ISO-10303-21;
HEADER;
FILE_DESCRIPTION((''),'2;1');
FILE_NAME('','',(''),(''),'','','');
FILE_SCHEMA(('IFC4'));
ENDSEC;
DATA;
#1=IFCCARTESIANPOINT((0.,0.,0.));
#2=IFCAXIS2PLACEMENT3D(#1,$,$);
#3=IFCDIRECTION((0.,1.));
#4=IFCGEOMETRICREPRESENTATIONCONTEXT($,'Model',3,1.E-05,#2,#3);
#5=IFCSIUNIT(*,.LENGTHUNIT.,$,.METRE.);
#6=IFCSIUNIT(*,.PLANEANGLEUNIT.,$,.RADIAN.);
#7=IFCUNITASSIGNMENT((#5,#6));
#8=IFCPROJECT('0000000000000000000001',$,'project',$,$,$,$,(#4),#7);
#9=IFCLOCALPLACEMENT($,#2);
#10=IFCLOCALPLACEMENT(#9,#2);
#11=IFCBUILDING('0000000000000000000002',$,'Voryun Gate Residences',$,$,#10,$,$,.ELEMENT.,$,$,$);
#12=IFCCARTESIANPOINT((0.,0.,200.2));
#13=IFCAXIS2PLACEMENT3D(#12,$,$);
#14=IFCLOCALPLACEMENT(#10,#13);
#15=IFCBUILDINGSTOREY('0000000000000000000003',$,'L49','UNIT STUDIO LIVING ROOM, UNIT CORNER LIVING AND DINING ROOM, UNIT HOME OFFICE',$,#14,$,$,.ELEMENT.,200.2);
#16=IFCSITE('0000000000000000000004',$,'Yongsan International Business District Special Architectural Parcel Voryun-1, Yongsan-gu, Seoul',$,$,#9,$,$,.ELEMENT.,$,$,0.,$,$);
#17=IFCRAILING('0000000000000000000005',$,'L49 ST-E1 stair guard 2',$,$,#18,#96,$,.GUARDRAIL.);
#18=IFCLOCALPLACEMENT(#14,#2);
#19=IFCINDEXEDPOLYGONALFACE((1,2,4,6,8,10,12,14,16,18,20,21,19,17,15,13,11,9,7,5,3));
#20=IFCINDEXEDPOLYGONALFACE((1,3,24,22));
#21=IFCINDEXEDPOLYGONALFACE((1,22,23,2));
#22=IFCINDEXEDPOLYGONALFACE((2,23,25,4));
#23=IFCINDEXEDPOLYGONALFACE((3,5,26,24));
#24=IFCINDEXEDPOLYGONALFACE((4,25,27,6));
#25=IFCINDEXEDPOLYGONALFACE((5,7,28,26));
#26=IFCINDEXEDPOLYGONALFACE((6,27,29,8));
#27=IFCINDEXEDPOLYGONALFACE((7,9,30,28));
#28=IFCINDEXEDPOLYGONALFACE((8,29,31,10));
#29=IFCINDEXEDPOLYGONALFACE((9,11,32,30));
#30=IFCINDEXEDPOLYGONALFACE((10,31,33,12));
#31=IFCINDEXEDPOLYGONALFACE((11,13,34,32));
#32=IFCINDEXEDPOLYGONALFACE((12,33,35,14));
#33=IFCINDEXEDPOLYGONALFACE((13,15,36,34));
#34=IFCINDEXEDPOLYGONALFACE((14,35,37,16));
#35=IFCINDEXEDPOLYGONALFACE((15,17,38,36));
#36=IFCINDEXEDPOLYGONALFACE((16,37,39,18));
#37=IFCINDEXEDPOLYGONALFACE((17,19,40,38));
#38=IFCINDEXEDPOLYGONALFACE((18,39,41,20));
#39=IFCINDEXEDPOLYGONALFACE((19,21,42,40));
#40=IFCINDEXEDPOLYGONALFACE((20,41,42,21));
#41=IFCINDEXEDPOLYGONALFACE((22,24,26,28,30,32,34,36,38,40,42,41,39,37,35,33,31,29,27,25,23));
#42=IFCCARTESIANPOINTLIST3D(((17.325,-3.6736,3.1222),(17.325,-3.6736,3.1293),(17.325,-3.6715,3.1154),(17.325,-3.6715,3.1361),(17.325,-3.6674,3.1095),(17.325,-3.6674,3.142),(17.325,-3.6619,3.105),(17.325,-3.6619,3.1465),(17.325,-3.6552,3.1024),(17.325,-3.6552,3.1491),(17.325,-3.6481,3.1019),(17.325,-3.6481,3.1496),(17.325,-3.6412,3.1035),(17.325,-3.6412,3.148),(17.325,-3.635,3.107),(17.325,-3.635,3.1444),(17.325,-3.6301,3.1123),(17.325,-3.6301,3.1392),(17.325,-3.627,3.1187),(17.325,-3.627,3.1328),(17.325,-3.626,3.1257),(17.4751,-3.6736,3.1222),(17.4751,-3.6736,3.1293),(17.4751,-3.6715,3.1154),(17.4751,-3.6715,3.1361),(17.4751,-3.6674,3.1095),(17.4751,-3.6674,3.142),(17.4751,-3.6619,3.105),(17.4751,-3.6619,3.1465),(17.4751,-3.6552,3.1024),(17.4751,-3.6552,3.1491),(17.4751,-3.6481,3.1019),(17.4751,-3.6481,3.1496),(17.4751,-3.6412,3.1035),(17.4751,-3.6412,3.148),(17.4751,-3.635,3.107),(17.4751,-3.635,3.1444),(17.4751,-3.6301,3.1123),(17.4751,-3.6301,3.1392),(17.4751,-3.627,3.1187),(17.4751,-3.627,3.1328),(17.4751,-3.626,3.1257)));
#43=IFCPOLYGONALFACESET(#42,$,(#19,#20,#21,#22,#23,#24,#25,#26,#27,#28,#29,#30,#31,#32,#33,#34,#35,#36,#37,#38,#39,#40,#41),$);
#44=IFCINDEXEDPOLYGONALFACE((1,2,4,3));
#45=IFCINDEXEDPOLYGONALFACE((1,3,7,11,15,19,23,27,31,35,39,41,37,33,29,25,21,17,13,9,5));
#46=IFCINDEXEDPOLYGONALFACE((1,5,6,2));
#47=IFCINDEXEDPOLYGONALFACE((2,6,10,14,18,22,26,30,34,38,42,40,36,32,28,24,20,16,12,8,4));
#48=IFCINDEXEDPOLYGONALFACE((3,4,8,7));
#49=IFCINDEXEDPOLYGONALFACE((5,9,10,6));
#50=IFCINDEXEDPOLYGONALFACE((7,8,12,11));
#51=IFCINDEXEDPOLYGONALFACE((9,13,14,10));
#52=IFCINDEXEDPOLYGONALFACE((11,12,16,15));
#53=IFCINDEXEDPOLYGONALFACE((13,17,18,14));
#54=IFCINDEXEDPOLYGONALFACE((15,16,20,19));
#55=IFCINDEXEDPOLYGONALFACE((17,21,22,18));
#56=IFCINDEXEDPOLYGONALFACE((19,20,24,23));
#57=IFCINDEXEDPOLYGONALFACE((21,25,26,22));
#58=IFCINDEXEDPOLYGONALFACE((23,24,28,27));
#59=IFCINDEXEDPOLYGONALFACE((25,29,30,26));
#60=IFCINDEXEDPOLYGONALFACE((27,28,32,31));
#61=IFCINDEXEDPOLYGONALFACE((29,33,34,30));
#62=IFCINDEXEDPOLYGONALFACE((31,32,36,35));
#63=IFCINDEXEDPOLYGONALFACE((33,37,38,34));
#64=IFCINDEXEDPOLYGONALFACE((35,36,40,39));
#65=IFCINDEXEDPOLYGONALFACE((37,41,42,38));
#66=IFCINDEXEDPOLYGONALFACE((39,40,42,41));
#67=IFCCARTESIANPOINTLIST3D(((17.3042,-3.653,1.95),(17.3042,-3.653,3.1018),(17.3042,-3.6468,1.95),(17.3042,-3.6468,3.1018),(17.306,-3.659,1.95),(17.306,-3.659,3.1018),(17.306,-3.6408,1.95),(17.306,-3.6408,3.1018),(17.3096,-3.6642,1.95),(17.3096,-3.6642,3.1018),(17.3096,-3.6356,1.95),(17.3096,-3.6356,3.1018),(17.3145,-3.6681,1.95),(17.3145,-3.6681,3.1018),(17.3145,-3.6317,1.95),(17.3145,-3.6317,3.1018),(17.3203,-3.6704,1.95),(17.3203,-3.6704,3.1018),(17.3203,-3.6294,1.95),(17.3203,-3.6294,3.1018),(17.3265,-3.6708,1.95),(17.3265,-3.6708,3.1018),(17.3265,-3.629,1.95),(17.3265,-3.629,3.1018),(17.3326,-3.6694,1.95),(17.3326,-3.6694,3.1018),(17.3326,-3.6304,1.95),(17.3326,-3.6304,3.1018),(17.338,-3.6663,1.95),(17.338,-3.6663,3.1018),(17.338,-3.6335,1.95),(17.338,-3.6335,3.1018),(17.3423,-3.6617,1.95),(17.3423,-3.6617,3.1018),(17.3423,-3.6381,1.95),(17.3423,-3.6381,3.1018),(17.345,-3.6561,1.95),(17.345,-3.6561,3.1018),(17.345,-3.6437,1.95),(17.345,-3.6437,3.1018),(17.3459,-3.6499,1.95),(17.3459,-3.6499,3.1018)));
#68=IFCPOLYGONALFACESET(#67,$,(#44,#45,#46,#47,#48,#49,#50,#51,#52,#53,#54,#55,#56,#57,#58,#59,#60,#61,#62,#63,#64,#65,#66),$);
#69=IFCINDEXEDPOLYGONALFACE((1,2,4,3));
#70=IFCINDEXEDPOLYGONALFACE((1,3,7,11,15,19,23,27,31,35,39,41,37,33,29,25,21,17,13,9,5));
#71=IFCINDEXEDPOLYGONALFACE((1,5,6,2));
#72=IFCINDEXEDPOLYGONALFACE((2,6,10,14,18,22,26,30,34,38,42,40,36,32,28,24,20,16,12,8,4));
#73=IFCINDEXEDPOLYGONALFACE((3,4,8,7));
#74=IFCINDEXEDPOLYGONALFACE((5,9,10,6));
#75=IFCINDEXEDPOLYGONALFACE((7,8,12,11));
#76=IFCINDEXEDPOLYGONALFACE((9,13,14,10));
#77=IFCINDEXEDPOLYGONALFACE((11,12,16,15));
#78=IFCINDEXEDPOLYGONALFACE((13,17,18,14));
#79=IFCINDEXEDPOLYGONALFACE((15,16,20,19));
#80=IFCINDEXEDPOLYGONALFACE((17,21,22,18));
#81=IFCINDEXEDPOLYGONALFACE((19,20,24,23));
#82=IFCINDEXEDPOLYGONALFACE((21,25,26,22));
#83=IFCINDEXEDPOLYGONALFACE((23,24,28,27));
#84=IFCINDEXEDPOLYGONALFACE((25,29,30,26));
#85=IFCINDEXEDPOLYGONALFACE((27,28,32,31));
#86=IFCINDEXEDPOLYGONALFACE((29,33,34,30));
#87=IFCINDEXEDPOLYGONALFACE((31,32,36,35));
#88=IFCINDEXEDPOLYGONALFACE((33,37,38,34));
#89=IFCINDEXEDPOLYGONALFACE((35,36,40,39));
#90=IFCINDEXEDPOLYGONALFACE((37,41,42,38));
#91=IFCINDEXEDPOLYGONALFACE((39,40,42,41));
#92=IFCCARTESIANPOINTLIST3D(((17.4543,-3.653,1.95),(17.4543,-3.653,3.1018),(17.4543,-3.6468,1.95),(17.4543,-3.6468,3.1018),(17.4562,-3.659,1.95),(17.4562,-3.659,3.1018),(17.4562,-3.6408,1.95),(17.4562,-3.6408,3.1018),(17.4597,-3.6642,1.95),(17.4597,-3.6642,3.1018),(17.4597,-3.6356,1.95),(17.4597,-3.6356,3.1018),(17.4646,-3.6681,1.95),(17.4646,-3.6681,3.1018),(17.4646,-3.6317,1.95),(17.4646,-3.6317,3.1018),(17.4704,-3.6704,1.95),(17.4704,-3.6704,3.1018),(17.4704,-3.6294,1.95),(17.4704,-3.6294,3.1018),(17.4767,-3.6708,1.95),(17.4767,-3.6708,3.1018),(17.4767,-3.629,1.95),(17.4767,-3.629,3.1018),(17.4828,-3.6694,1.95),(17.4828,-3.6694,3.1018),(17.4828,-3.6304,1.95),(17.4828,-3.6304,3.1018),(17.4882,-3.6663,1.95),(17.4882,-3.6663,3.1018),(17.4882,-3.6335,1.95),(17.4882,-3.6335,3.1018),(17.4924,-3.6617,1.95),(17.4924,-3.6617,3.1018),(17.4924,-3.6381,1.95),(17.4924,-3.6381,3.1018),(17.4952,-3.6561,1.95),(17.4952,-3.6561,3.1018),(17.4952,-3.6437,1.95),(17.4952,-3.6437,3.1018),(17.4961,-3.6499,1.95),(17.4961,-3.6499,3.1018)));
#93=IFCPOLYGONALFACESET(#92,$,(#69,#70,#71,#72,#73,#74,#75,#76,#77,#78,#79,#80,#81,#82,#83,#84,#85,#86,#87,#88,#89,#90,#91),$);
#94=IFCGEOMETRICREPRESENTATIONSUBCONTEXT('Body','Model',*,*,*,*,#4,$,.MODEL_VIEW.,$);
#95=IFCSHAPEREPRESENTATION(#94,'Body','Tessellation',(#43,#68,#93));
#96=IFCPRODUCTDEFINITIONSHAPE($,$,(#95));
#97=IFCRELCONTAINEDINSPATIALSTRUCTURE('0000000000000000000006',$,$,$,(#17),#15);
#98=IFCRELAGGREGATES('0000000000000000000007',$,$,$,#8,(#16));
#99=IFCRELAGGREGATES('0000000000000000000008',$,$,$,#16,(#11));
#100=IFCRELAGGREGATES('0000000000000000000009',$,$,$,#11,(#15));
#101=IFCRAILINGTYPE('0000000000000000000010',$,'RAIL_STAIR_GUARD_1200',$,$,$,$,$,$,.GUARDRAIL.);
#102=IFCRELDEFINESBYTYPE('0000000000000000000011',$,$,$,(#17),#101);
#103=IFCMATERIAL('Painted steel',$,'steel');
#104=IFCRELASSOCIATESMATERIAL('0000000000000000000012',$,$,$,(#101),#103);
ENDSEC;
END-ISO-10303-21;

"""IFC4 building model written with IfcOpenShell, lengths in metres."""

from ifc_helpers import new_model, si_unit, direction, frame, origin, origin_2d, place, context, subcontext, project, spatial, circle, extrude, material, type_object, element, save


model = new_model("IFC4")

# Units and contexts
model_context = context("Model", 3, precision=1e-05, world=origin(), true_north=direction((0.0, 1.0)))
body_context = subcontext(model_context, "Body", "Model", "MODEL_VIEW")
ifc_project = project(units=[si_unit("LENGTHUNIT", "METRE"), si_unit("PLANEANGLEUNIT", "RADIAN")], contexts=[model_context])

# Site, building, storey
site_placement = place(None, origin())
site = spatial("IfcSite", under=ifc_project, at=site_placement, Name="Yongsan International Business District Special Architectural Parcel Voryun-1, Yongsan-gu, Seoul", CompositionType="ELEMENT", RefElevation=0.0)
building_placement = place(site_placement, origin())
building = spatial("IfcBuilding", under=site, at=building_placement, Name="Voryun Gate Residences", CompositionType="ELEMENT")
storey_placement = place(building_placement, frame((0.0, 0.0, 200.2)))
storey = spatial("IfcBuildingStorey", under=building, at=storey_placement, Name="L49", Description="UNIT STUDIO LIVING ROOM, UNIT CORNER LIVING AND DINING ROOM, UNIT HOME OFFICE", CompositionType="ELEMENT", Elevation=200.2)

# Railing
ifc_material_1 = material(Name="Painted steel", Category="steel")
railing_type_1 = type_object("IfcRailingType", Name="RAIL_STAIR_GUARD_1200", PredefinedType="GUARDRAIL", material=ifc_material_1)
railing_1_placement = place(storey_placement, frame((17.325, -3.6499, 1.95)))
element("IfcRailing", 1, at=railing_1_placement, inside=storey, type_object=railing_type_1, Name="L49 ST-E1 stair guard 2", PredefinedType="GUARDRAIL", context=body_context, shape_type="SweptSolid", body=[
    extrude(circle(Radius=0.0239, at=origin_2d()), frame((0.0, 0.0, 1.1758), z_axis=(1.0, 0.0, 0.0), x_axis=(0.0, 1.0, 0.0)), (0.0, 0.0, 1.0), 0.1501),
    extrude(circle(Radius=0.021, at=origin_2d()), origin(), (0.0, 0.0, 1.0), 1.1519),
    extrude(circle(Radius=0.021, at=origin_2d()), frame((0.1501, 0.0, 0.0)), (0.0, 0.0, 1.0), 1.1519),
])

save(model, "model.ifc")
